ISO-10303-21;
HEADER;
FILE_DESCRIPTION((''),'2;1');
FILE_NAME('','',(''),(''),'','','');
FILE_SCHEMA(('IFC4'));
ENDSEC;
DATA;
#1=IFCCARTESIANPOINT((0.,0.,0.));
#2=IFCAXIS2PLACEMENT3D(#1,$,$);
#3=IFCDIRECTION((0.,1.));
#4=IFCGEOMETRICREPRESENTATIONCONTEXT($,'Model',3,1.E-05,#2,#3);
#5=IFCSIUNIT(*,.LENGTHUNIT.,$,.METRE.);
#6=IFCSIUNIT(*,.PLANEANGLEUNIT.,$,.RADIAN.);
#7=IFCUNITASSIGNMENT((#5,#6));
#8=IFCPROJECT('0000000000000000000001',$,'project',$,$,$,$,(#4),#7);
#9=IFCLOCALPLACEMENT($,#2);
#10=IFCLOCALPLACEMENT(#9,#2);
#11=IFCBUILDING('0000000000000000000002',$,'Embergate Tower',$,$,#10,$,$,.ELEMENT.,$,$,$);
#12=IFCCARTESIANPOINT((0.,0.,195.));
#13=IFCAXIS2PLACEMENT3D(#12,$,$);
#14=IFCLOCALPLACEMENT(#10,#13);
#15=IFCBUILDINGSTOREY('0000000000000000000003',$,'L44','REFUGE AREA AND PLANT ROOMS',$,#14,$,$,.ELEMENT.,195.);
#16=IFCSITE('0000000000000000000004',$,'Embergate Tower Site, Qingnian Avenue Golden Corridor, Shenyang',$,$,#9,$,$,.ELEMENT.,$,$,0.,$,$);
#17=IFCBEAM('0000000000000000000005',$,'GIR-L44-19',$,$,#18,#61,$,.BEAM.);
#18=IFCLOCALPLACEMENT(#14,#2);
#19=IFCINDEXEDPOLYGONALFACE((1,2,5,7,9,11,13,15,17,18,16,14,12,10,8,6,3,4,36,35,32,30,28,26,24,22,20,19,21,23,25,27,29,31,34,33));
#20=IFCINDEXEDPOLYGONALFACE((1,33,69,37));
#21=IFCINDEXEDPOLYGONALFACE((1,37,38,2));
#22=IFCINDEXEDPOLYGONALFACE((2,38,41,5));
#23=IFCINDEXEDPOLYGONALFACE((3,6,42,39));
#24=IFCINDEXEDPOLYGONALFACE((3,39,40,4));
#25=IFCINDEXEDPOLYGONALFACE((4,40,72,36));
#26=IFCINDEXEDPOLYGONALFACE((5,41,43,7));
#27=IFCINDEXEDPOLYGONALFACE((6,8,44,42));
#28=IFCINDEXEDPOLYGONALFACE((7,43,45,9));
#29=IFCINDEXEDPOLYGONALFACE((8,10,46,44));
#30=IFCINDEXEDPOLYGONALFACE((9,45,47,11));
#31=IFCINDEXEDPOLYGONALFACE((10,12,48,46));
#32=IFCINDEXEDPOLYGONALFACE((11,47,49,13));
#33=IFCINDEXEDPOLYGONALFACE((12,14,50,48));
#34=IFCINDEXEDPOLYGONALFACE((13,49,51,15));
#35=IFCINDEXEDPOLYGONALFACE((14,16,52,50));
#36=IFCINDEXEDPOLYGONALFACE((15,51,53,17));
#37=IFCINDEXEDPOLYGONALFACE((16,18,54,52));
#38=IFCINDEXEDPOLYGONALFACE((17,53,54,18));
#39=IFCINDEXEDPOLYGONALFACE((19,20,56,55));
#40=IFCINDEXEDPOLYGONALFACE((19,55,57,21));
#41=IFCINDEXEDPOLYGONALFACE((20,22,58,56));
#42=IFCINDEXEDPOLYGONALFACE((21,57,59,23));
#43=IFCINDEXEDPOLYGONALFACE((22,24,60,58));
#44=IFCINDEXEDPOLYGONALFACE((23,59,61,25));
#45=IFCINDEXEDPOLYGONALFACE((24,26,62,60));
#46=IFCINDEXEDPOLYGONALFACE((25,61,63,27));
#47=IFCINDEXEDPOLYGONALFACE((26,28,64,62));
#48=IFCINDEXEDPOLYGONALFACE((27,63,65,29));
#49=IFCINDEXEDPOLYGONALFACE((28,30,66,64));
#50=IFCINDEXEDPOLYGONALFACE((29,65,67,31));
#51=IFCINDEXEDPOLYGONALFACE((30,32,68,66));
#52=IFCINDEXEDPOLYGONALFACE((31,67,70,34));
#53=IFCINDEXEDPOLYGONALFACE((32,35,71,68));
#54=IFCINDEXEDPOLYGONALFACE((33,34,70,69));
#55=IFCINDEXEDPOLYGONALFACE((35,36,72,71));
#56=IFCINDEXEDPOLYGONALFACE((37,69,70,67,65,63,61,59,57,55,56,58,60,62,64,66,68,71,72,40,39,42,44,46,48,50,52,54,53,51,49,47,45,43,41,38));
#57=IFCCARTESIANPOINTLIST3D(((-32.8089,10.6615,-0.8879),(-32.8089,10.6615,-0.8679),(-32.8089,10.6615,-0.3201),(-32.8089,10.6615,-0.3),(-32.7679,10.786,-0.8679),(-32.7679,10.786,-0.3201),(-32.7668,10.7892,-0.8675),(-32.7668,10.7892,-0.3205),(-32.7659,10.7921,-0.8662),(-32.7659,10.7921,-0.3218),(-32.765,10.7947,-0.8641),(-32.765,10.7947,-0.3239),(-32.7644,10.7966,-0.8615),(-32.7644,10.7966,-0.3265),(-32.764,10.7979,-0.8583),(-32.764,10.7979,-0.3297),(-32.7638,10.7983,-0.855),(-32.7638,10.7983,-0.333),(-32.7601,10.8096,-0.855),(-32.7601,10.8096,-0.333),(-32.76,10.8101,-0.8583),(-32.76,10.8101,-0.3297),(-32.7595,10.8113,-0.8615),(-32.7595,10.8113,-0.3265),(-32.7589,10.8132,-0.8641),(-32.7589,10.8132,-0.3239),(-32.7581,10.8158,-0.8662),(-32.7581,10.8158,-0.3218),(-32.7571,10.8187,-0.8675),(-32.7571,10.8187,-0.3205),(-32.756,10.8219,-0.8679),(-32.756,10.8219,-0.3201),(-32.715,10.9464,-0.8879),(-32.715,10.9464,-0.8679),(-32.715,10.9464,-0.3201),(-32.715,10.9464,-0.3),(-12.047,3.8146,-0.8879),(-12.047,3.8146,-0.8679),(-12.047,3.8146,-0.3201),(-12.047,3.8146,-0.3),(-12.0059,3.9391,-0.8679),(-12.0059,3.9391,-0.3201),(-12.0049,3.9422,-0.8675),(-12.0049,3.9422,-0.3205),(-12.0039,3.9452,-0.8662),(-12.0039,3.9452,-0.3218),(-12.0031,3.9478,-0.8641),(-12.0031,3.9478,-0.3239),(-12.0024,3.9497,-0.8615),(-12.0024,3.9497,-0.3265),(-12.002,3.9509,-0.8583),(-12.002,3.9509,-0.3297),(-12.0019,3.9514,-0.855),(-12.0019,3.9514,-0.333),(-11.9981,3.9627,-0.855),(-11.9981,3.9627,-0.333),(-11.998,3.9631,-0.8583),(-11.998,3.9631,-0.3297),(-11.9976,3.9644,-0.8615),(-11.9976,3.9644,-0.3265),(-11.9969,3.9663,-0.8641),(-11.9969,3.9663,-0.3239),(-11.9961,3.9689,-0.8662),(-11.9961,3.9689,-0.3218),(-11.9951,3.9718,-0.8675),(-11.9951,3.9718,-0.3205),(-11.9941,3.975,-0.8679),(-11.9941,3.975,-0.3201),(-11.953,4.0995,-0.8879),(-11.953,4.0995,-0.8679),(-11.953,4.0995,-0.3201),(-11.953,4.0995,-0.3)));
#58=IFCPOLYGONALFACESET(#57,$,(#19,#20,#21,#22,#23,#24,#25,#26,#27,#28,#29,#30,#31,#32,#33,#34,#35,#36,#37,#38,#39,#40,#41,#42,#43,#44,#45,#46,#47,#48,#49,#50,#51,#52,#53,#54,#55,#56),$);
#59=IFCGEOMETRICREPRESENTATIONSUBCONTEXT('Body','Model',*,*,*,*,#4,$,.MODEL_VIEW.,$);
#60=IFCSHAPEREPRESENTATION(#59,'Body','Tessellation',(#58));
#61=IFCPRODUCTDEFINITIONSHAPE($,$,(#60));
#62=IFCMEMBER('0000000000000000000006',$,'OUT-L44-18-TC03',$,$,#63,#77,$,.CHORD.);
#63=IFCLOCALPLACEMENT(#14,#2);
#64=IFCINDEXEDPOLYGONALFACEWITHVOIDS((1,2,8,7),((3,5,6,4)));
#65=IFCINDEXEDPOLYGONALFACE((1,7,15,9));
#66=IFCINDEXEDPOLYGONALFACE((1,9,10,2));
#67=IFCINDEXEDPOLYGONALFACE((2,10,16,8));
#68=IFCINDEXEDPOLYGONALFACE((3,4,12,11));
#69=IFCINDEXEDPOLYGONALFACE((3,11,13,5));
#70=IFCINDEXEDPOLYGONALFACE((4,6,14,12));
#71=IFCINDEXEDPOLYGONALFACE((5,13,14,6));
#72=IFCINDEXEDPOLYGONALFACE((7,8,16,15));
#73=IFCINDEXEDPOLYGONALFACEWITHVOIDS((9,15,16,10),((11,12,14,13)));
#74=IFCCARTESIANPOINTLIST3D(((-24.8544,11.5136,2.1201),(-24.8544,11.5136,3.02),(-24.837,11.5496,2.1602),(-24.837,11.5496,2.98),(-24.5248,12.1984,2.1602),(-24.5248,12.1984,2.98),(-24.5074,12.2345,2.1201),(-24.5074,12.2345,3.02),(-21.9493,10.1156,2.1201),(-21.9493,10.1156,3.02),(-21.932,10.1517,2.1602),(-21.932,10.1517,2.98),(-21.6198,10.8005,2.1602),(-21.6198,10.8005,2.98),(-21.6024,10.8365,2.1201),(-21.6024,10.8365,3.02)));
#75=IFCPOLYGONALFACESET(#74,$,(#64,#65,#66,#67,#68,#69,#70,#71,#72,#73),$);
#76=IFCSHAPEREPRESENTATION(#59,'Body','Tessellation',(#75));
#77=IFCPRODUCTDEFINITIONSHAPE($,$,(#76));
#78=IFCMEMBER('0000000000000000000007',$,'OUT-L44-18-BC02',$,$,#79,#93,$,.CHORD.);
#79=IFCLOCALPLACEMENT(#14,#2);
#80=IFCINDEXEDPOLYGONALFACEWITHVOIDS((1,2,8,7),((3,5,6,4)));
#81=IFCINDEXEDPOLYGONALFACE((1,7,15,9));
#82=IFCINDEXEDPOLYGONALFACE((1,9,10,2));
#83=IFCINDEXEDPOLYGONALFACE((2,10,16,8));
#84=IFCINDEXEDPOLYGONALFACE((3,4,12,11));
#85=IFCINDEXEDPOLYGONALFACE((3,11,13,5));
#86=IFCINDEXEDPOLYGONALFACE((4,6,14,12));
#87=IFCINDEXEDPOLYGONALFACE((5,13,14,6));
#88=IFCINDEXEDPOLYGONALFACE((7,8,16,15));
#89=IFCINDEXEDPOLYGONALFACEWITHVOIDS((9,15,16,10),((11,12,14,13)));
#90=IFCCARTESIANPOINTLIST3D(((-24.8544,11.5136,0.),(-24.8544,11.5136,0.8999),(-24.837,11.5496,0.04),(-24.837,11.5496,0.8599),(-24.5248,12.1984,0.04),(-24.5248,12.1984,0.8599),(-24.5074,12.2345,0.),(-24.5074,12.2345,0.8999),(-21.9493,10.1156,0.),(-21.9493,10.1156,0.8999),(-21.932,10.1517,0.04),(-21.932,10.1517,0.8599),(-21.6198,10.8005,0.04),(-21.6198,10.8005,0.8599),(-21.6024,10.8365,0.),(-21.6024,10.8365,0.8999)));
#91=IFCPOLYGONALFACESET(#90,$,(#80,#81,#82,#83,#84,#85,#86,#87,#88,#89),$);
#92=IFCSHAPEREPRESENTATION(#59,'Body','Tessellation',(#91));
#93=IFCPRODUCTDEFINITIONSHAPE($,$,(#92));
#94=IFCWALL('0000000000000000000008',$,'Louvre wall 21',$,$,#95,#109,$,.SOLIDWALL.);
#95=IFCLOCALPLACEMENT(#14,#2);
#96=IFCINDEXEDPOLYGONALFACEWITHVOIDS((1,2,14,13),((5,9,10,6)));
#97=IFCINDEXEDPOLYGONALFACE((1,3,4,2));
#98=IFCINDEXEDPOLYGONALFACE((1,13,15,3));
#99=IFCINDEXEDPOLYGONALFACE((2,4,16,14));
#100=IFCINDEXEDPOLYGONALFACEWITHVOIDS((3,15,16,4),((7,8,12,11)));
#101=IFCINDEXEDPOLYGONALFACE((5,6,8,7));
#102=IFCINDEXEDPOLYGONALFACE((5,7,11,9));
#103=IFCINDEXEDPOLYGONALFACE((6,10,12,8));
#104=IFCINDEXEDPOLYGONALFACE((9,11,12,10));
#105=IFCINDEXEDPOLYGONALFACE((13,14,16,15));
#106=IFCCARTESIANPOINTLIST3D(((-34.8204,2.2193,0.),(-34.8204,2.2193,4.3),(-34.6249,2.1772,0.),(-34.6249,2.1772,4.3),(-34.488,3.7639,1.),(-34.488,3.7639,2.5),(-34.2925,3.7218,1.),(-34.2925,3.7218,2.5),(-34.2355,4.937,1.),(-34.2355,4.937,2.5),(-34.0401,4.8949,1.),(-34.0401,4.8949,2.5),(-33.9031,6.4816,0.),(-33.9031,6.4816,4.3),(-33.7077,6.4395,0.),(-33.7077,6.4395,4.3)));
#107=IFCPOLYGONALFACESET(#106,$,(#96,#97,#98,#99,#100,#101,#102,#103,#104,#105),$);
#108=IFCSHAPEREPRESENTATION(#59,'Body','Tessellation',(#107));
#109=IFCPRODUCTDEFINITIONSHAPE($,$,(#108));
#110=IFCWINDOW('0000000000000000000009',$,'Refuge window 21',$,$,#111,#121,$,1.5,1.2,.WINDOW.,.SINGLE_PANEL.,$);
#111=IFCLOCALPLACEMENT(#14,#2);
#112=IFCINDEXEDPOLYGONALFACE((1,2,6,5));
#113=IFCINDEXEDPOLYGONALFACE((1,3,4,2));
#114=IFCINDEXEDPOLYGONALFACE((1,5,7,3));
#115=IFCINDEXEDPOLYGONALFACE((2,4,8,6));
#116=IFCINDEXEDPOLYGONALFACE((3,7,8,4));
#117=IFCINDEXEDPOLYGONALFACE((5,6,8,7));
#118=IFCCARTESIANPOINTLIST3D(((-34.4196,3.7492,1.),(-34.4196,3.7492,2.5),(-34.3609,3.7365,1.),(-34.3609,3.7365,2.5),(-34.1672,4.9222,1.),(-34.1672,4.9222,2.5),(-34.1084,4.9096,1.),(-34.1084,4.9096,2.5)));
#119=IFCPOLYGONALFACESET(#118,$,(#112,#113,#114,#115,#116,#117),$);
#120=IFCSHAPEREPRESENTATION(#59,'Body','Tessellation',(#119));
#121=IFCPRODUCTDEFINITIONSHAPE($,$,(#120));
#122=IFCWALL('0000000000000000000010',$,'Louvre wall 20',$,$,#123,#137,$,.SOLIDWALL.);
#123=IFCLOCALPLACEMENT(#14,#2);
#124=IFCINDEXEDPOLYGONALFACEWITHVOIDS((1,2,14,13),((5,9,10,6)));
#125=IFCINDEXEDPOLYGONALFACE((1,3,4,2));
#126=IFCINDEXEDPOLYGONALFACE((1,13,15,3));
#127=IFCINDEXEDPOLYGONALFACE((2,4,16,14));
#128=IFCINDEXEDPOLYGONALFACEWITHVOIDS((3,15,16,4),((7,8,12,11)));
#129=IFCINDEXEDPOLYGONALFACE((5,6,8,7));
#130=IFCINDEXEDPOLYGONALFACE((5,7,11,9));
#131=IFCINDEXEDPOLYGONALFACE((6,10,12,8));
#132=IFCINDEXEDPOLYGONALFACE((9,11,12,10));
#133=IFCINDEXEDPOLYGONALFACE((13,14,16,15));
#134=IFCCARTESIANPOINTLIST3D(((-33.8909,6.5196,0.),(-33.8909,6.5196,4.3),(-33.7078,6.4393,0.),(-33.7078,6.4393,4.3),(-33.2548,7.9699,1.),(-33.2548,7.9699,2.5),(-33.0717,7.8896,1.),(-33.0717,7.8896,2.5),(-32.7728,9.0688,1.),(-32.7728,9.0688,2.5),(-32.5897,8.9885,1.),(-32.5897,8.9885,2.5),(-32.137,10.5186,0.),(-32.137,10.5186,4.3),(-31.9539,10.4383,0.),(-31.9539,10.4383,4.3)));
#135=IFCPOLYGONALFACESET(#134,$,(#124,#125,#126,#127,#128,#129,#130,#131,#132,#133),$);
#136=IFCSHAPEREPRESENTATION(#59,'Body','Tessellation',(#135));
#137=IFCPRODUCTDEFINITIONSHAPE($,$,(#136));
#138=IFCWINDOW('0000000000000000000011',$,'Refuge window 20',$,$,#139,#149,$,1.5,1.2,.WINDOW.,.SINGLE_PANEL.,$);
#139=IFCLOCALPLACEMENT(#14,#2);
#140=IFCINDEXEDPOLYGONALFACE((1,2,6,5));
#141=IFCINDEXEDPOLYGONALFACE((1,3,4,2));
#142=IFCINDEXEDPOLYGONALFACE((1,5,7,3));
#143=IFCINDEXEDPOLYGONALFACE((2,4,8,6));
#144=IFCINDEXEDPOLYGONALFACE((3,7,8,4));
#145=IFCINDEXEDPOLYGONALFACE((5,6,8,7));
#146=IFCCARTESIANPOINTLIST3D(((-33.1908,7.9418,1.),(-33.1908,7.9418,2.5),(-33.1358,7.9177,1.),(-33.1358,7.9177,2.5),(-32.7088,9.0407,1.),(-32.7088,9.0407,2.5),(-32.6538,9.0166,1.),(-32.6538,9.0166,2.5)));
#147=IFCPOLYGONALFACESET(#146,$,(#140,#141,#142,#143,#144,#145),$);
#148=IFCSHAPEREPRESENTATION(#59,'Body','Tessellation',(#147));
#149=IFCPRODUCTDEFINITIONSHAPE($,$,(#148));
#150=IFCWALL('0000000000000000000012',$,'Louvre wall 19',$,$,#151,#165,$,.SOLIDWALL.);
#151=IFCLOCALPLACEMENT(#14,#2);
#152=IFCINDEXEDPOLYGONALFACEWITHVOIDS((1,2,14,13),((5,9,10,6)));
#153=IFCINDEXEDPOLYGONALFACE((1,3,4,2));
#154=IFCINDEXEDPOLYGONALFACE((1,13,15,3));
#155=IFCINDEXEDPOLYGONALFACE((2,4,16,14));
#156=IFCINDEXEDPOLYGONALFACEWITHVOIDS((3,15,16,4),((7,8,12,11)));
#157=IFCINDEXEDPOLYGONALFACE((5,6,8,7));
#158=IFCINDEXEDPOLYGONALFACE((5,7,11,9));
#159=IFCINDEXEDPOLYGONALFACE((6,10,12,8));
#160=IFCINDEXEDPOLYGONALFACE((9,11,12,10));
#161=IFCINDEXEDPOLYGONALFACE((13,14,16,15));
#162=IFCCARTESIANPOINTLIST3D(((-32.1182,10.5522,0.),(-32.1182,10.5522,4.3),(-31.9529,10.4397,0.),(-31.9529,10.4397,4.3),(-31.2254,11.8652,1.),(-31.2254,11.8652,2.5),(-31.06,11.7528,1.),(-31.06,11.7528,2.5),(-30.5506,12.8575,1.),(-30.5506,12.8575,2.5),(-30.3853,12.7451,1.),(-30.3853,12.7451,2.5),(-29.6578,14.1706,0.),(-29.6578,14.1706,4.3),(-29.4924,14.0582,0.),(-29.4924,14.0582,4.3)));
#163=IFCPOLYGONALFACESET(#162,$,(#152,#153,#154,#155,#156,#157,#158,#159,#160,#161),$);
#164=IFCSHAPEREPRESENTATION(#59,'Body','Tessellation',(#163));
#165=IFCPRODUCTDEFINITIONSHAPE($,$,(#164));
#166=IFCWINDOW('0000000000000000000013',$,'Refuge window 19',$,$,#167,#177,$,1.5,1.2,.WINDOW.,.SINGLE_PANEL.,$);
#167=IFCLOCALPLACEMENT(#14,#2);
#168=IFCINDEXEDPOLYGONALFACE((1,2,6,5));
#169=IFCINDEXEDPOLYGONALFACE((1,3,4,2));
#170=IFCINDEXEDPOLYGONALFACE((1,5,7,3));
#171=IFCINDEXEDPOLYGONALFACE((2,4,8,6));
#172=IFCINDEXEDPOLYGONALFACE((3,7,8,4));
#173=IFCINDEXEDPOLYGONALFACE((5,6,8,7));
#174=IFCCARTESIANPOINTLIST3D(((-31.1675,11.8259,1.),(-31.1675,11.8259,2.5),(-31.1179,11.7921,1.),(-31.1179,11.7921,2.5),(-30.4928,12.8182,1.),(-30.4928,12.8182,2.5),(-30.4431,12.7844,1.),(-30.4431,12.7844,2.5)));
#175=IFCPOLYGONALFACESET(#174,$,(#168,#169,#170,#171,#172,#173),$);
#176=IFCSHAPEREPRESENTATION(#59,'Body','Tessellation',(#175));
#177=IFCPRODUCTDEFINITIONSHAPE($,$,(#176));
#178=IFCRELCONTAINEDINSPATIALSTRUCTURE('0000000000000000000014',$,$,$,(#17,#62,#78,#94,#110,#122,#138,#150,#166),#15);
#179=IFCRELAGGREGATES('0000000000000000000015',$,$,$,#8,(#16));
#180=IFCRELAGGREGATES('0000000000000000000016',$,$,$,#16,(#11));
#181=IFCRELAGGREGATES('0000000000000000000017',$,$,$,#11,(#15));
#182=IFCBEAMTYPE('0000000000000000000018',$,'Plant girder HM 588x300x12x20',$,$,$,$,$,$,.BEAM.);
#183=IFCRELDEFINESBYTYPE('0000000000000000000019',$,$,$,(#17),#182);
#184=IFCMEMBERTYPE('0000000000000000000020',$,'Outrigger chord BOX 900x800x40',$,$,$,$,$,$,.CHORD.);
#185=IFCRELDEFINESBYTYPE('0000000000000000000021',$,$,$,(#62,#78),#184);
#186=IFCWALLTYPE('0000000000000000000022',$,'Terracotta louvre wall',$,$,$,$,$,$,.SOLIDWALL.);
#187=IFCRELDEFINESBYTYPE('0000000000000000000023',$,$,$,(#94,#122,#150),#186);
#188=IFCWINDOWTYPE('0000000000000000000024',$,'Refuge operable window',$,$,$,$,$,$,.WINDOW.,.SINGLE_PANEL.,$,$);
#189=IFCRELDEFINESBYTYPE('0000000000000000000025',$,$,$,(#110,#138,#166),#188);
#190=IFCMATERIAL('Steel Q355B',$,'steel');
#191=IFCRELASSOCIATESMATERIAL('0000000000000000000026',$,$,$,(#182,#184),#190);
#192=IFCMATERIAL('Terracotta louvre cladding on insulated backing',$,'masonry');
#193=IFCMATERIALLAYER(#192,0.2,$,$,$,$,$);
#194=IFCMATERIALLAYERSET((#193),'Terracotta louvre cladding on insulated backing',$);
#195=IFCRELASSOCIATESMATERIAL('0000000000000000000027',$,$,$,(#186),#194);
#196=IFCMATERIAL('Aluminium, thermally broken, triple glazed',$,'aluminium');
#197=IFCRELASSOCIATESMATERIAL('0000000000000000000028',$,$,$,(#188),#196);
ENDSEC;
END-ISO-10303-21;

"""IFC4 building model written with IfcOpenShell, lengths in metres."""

from ifc_helpers import new_model, si_unit, direction, frame, frame_2d, origin, origin_2d, place, context, subcontext, project, spatial, rectangle, hollow_rectangle, i_section, extrude, source, transform, mapped, material, layer, layer_set, material_profile, profile_set, type_object, element, fill, save


model = new_model("IFC4")

# Units and contexts
model_context = context("Model", 3, precision=1e-05, world=origin(), true_north=direction((0.0, 1.0)))
body_context = subcontext(model_context, "Body", "Model", "MODEL_VIEW")
ifc_project = project(units=[si_unit("LENGTHUNIT", "METRE"), si_unit("PLANEANGLEUNIT", "RADIAN")], contexts=[model_context])

# Site, building, storey
site_placement = place(None, origin())
site = spatial("IfcSite", under=ifc_project, at=site_placement, Name="Embergate Tower Site, Qingnian Avenue Golden Corridor, Shenyang", CompositionType="ELEMENT", RefElevation=0.0)
building_placement = place(site_placement, origin())
building = spatial("IfcBuilding", under=site, at=building_placement, Name="Embergate Tower", CompositionType="ELEMENT")
storey_placement = place(building_placement, frame((0.0, 0.0, 195.0)))
storey = spatial("IfcBuildingStorey", under=building, at=storey_placement, Name="L44", Description="REFUGE AREA AND PLANT ROOMS", CompositionType="ELEMENT", Elevation=195.0)

# Beam
ifc_material_1 = material(Name="Steel Q355B", Category="steel")
ifc_material_profile_1 = material_profile(ifc_material_1, i_section(OverallWidth=0.3, OverallDepth=0.5879, WebThickness=0.012, FlangeThickness=0.02, FilletRadius=0.0129, at=origin_2d()), Name="HM 588x300x12x20")
ifc_profile_set_1 = profile_set([ifc_material_profile_1], Name="Steel Q355 grade B")
beam_type_1 = type_object("IfcBeamType", Name="Plant girder HM 588x300x12x20", PredefinedType="BEAM", material=ifc_profile_set_1)
shared_shape_1 = source(origin(), body_context, "Body", "SweptSolid", [
    extrude(i_section(OverallWidth=0.3, OverallDepth=0.5879, WebThickness=0.012, FlangeThickness=0.02, FilletRadius=0.0129, at=origin_2d()), origin(), (0.0, 0.0, 1.0), 21.8618),
])
beam_1_placement = place(storey_placement, frame((-32.762, 10.804, -0.594), z_axis=(0.94969, -0.313191, 0.0), x_axis=(0.313191, 0.94969, 0.0)))
element("IfcBeam", 1, at=beam_1_placement, inside=storey, type_object=beam_type_1, Name="GIR-L44-19", PredefinedType="BEAM", context=body_context, shape_type="MappedRepresentation", body=[
    mapped(shared_shape_1, transform((0.0, 0.0, 0.0))),
])

# Members
ifc_material_profile_2 = material_profile(ifc_material_1, hollow_rectangle(XDim=0.8, YDim=0.8999, WallThickness=0.04, at=origin_2d()), Name="BOX 900x800x40")
ifc_profile_set_2 = profile_set([ifc_material_profile_2], Name="Steel Q355 grade B")
member_type = type_object("IfcMemberType", Name="Outrigger chord BOX 900x800x40", PredefinedType="CHORD", material=ifc_profile_set_2)
shared_shape_2 = source(origin(), body_context, "Body", "SweptSolid", [
    extrude(hollow_rectangle(XDim=0.8, YDim=0.8999, WallThickness=0.04, at=origin_2d()), origin(), (0.0, 0.0, 1.0), 3.2239),
])
for number, where, z_axis, x_axis, name in (
    (2, (-21.7759, 10.4761, 2.5701), (-0.901095, 0.433622, 0.0), (-0.433622, -0.901095, 0.0), "OUT-L44-18-TC03"),
    (3, (-21.7759, 10.4761, 0.45), (-0.901095, 0.433622, 0.0), (-0.433622, -0.901095, 0.0), "OUT-L44-18-BC02"),
):
    element("IfcMember", number, at=place(storey_placement, frame(where, z_axis=z_axis, x_axis=x_axis)), inside=storey, type_object=member_type, Name=name, PredefinedType="CHORD", context=body_context, shape_type="MappedRepresentation", body=[
        mapped(shared_shape_2, transform((0.0, 0.0, 0.0))),
    ])

# Walls, openings, windows
ifc_material_2 = material(Name="Terracotta louvre cladding on insulated backing", Category="masonry")
ifc_layer_1 = layer(ifc_material_2, 0.2)
ifc_layer_set_1 = layer_set([ifc_layer_1], Name="Terracotta louvre cladding on insulated backing")
wall_type = type_object("IfcWallType", Name="Terracotta louvre wall", PredefinedType="SOLIDWALL", material=ifc_layer_set_1)
shared_shape_3 = source(origin(), body_context, "Body", "SweptSolid", [
    extrude(rectangle(XDim=4.3599, YDim=0.2, at=frame_2d((2.1799, 0.0))), origin(), (0.0, 0.0, 1.0), 4.3),
])
wall_1_placement = place(storey_placement, frame((-34.7227, 2.1982, 0.0), z_axis=(0.0, 0.0, 1.0), x_axis=(0.210386, 0.977618, 0.0)))
wall_1 = element("IfcWall", 4, at=wall_1_placement, inside=storey, type_object=wall_type, Name="Louvre wall 21", PredefinedType="SOLIDWALL", context=body_context, shape_type="MappedRepresentation", body=[
    mapped(shared_shape_3, transform((0.0, 0.0, 0.0))),
])
shared_shape_4 = source(origin(), body_context, "Body", "SweptSolid", [
    extrude(rectangle(XDim=1.2, YDim=1.5, at=frame_2d((0.6001, 0.75))), frame((0.0, 0.1099, 0.0), z_axis=(0.0, -1.0, 0.0), x_axis=(1.0, 0.0, 0.0)), (0.0, 0.0, 1.0), 0.22),
])
opening_1_placement = place(wall_1_placement, frame((1.5798, 0.0, 1.0)))
opening_1 = element("IfcOpeningElement", 5, at=opening_1_placement, cuts=wall_1, PredefinedType="OPENING", context=body_context, shape_type="MappedRepresentation", body=[
    mapped(shared_shape_4, transform((0.0, 0.0, 0.0))),
])
ifc_material_3 = material(Name="Aluminium, thermally broken, triple glazed", Category="aluminium")
window_type = type_object("IfcWindowType", Name="Refuge operable window", PartitioningType="SINGLE_PANEL", PredefinedType="WINDOW", material=ifc_material_3)
shared_shape_5 = source(origin(), body_context, "Body", "SweptSolid", [
    extrude(rectangle(XDim=1.2, YDim=1.5, at=frame_2d((0.6001, 0.75))), frame((0.0, 0.03, 0.0), z_axis=(0.0, -1.0, 0.0), x_axis=(1.0, 0.0, 0.0)), (0.0, 0.0, 1.0), 0.0601),
])
window_1_placement = place(opening_1_placement, origin())
window_1 = element("IfcWindow", 6, at=window_1_placement, inside=storey, type_object=window_type, Name="Refuge window 21", OverallHeight=1.5, OverallWidth=1.2, PartitioningType="SINGLE_PANEL", PredefinedType="WINDOW", context=body_context, shape_type="MappedRepresentation", body=[
    mapped(shared_shape_5, transform((0.0, 0.0, 0.0))),
])
fill(opening_1, window_1)
shared_shape_6 = source(origin(), body_context, "Body", "SweptSolid", [
    extrude(rectangle(XDim=4.3667, YDim=0.2, at=frame_2d((2.1833, 0.0))), origin(), (0.0, 0.0, 1.0), 4.3),
])
wall_2_placement = place(storey_placement, frame((-33.7993, 6.4795, 0.0), z_axis=(0.0, 0.0, 1.0), x_axis=(0.401652, 0.915793, 0.0)))
wall_2 = element("IfcWall", 7, at=wall_2_placement, inside=storey, type_object=wall_type, Name="Louvre wall 20", PredefinedType="SOLIDWALL", context=body_context, shape_type="MappedRepresentation", body=[
    mapped(shared_shape_6, transform((0.0, 0.0, 0.0))),
])
opening_2_placement = place(wall_2_placement, frame((1.5835, 0.0, 1.0)))
opening_2 = element("IfcOpeningElement", 8, at=opening_2_placement, cuts=wall_2, PredefinedType="OPENING", context=body_context, shape_type="MappedRepresentation", body=[
    mapped(shared_shape_4, transform((0.0, 0.0, 0.0))),
])
window_2_placement = place(opening_2_placement, origin())
window_2 = element("IfcWindow", 9, at=window_2_placement, inside=storey, type_object=window_type, Name="Refuge window 20", OverallHeight=1.5, OverallWidth=1.2, PartitioningType="SINGLE_PANEL", PredefinedType="WINDOW", context=body_context, shape_type="MappedRepresentation", body=[
    mapped(shared_shape_5, transform((0.0, 0.0, 0.0))),
])
fill(opening_2, window_2)
shared_shape_7 = source(origin(), body_context, "Body", "SweptSolid", [
    extrude(rectangle(XDim=4.3757, YDim=0.2, at=frame_2d((2.188, 0.0))), origin(), (0.0, 0.0, 1.0), 4.3),
])
wall_3_placement = place(storey_placement, frame((-32.0356, 10.4958, 0.0), z_axis=(0.0, 0.0, 1.0), x_axis=(0.562299, 0.826934, 0.0)))
wall_3 = element("IfcWall", 10, at=wall_3_placement, inside=storey, type_object=wall_type, Name="Louvre wall 19", PredefinedType="SOLIDWALL", context=body_context, shape_type="MappedRepresentation", body=[
    mapped(shared_shape_7, transform((0.0, 0.0, 0.0))),
])
opening_3_placement = place(wall_3_placement, frame((1.5879, 0.0, 1.0)))
opening_3 = element("IfcOpeningElement", 11, at=opening_3_placement, cuts=wall_3, PredefinedType="OPENING", context=body_context, shape_type="MappedRepresentation", body=[
    mapped(shared_shape_4, transform((0.0, 0.0, 0.0))),
])
window_3_placement = place(opening_3_placement, origin())
window_3 = element("IfcWindow", 12, at=window_3_placement, inside=storey, type_object=window_type, Name="Refuge window 19", OverallHeight=1.5, OverallWidth=1.2, PartitioningType="SINGLE_PANEL", PredefinedType="WINDOW", context=body_context, shape_type="MappedRepresentation", body=[
    mapped(shared_shape_5, transform((0.0, 0.0, 0.0))),
])
fill(opening_3, window_3)

save(model, "model.ifc")
